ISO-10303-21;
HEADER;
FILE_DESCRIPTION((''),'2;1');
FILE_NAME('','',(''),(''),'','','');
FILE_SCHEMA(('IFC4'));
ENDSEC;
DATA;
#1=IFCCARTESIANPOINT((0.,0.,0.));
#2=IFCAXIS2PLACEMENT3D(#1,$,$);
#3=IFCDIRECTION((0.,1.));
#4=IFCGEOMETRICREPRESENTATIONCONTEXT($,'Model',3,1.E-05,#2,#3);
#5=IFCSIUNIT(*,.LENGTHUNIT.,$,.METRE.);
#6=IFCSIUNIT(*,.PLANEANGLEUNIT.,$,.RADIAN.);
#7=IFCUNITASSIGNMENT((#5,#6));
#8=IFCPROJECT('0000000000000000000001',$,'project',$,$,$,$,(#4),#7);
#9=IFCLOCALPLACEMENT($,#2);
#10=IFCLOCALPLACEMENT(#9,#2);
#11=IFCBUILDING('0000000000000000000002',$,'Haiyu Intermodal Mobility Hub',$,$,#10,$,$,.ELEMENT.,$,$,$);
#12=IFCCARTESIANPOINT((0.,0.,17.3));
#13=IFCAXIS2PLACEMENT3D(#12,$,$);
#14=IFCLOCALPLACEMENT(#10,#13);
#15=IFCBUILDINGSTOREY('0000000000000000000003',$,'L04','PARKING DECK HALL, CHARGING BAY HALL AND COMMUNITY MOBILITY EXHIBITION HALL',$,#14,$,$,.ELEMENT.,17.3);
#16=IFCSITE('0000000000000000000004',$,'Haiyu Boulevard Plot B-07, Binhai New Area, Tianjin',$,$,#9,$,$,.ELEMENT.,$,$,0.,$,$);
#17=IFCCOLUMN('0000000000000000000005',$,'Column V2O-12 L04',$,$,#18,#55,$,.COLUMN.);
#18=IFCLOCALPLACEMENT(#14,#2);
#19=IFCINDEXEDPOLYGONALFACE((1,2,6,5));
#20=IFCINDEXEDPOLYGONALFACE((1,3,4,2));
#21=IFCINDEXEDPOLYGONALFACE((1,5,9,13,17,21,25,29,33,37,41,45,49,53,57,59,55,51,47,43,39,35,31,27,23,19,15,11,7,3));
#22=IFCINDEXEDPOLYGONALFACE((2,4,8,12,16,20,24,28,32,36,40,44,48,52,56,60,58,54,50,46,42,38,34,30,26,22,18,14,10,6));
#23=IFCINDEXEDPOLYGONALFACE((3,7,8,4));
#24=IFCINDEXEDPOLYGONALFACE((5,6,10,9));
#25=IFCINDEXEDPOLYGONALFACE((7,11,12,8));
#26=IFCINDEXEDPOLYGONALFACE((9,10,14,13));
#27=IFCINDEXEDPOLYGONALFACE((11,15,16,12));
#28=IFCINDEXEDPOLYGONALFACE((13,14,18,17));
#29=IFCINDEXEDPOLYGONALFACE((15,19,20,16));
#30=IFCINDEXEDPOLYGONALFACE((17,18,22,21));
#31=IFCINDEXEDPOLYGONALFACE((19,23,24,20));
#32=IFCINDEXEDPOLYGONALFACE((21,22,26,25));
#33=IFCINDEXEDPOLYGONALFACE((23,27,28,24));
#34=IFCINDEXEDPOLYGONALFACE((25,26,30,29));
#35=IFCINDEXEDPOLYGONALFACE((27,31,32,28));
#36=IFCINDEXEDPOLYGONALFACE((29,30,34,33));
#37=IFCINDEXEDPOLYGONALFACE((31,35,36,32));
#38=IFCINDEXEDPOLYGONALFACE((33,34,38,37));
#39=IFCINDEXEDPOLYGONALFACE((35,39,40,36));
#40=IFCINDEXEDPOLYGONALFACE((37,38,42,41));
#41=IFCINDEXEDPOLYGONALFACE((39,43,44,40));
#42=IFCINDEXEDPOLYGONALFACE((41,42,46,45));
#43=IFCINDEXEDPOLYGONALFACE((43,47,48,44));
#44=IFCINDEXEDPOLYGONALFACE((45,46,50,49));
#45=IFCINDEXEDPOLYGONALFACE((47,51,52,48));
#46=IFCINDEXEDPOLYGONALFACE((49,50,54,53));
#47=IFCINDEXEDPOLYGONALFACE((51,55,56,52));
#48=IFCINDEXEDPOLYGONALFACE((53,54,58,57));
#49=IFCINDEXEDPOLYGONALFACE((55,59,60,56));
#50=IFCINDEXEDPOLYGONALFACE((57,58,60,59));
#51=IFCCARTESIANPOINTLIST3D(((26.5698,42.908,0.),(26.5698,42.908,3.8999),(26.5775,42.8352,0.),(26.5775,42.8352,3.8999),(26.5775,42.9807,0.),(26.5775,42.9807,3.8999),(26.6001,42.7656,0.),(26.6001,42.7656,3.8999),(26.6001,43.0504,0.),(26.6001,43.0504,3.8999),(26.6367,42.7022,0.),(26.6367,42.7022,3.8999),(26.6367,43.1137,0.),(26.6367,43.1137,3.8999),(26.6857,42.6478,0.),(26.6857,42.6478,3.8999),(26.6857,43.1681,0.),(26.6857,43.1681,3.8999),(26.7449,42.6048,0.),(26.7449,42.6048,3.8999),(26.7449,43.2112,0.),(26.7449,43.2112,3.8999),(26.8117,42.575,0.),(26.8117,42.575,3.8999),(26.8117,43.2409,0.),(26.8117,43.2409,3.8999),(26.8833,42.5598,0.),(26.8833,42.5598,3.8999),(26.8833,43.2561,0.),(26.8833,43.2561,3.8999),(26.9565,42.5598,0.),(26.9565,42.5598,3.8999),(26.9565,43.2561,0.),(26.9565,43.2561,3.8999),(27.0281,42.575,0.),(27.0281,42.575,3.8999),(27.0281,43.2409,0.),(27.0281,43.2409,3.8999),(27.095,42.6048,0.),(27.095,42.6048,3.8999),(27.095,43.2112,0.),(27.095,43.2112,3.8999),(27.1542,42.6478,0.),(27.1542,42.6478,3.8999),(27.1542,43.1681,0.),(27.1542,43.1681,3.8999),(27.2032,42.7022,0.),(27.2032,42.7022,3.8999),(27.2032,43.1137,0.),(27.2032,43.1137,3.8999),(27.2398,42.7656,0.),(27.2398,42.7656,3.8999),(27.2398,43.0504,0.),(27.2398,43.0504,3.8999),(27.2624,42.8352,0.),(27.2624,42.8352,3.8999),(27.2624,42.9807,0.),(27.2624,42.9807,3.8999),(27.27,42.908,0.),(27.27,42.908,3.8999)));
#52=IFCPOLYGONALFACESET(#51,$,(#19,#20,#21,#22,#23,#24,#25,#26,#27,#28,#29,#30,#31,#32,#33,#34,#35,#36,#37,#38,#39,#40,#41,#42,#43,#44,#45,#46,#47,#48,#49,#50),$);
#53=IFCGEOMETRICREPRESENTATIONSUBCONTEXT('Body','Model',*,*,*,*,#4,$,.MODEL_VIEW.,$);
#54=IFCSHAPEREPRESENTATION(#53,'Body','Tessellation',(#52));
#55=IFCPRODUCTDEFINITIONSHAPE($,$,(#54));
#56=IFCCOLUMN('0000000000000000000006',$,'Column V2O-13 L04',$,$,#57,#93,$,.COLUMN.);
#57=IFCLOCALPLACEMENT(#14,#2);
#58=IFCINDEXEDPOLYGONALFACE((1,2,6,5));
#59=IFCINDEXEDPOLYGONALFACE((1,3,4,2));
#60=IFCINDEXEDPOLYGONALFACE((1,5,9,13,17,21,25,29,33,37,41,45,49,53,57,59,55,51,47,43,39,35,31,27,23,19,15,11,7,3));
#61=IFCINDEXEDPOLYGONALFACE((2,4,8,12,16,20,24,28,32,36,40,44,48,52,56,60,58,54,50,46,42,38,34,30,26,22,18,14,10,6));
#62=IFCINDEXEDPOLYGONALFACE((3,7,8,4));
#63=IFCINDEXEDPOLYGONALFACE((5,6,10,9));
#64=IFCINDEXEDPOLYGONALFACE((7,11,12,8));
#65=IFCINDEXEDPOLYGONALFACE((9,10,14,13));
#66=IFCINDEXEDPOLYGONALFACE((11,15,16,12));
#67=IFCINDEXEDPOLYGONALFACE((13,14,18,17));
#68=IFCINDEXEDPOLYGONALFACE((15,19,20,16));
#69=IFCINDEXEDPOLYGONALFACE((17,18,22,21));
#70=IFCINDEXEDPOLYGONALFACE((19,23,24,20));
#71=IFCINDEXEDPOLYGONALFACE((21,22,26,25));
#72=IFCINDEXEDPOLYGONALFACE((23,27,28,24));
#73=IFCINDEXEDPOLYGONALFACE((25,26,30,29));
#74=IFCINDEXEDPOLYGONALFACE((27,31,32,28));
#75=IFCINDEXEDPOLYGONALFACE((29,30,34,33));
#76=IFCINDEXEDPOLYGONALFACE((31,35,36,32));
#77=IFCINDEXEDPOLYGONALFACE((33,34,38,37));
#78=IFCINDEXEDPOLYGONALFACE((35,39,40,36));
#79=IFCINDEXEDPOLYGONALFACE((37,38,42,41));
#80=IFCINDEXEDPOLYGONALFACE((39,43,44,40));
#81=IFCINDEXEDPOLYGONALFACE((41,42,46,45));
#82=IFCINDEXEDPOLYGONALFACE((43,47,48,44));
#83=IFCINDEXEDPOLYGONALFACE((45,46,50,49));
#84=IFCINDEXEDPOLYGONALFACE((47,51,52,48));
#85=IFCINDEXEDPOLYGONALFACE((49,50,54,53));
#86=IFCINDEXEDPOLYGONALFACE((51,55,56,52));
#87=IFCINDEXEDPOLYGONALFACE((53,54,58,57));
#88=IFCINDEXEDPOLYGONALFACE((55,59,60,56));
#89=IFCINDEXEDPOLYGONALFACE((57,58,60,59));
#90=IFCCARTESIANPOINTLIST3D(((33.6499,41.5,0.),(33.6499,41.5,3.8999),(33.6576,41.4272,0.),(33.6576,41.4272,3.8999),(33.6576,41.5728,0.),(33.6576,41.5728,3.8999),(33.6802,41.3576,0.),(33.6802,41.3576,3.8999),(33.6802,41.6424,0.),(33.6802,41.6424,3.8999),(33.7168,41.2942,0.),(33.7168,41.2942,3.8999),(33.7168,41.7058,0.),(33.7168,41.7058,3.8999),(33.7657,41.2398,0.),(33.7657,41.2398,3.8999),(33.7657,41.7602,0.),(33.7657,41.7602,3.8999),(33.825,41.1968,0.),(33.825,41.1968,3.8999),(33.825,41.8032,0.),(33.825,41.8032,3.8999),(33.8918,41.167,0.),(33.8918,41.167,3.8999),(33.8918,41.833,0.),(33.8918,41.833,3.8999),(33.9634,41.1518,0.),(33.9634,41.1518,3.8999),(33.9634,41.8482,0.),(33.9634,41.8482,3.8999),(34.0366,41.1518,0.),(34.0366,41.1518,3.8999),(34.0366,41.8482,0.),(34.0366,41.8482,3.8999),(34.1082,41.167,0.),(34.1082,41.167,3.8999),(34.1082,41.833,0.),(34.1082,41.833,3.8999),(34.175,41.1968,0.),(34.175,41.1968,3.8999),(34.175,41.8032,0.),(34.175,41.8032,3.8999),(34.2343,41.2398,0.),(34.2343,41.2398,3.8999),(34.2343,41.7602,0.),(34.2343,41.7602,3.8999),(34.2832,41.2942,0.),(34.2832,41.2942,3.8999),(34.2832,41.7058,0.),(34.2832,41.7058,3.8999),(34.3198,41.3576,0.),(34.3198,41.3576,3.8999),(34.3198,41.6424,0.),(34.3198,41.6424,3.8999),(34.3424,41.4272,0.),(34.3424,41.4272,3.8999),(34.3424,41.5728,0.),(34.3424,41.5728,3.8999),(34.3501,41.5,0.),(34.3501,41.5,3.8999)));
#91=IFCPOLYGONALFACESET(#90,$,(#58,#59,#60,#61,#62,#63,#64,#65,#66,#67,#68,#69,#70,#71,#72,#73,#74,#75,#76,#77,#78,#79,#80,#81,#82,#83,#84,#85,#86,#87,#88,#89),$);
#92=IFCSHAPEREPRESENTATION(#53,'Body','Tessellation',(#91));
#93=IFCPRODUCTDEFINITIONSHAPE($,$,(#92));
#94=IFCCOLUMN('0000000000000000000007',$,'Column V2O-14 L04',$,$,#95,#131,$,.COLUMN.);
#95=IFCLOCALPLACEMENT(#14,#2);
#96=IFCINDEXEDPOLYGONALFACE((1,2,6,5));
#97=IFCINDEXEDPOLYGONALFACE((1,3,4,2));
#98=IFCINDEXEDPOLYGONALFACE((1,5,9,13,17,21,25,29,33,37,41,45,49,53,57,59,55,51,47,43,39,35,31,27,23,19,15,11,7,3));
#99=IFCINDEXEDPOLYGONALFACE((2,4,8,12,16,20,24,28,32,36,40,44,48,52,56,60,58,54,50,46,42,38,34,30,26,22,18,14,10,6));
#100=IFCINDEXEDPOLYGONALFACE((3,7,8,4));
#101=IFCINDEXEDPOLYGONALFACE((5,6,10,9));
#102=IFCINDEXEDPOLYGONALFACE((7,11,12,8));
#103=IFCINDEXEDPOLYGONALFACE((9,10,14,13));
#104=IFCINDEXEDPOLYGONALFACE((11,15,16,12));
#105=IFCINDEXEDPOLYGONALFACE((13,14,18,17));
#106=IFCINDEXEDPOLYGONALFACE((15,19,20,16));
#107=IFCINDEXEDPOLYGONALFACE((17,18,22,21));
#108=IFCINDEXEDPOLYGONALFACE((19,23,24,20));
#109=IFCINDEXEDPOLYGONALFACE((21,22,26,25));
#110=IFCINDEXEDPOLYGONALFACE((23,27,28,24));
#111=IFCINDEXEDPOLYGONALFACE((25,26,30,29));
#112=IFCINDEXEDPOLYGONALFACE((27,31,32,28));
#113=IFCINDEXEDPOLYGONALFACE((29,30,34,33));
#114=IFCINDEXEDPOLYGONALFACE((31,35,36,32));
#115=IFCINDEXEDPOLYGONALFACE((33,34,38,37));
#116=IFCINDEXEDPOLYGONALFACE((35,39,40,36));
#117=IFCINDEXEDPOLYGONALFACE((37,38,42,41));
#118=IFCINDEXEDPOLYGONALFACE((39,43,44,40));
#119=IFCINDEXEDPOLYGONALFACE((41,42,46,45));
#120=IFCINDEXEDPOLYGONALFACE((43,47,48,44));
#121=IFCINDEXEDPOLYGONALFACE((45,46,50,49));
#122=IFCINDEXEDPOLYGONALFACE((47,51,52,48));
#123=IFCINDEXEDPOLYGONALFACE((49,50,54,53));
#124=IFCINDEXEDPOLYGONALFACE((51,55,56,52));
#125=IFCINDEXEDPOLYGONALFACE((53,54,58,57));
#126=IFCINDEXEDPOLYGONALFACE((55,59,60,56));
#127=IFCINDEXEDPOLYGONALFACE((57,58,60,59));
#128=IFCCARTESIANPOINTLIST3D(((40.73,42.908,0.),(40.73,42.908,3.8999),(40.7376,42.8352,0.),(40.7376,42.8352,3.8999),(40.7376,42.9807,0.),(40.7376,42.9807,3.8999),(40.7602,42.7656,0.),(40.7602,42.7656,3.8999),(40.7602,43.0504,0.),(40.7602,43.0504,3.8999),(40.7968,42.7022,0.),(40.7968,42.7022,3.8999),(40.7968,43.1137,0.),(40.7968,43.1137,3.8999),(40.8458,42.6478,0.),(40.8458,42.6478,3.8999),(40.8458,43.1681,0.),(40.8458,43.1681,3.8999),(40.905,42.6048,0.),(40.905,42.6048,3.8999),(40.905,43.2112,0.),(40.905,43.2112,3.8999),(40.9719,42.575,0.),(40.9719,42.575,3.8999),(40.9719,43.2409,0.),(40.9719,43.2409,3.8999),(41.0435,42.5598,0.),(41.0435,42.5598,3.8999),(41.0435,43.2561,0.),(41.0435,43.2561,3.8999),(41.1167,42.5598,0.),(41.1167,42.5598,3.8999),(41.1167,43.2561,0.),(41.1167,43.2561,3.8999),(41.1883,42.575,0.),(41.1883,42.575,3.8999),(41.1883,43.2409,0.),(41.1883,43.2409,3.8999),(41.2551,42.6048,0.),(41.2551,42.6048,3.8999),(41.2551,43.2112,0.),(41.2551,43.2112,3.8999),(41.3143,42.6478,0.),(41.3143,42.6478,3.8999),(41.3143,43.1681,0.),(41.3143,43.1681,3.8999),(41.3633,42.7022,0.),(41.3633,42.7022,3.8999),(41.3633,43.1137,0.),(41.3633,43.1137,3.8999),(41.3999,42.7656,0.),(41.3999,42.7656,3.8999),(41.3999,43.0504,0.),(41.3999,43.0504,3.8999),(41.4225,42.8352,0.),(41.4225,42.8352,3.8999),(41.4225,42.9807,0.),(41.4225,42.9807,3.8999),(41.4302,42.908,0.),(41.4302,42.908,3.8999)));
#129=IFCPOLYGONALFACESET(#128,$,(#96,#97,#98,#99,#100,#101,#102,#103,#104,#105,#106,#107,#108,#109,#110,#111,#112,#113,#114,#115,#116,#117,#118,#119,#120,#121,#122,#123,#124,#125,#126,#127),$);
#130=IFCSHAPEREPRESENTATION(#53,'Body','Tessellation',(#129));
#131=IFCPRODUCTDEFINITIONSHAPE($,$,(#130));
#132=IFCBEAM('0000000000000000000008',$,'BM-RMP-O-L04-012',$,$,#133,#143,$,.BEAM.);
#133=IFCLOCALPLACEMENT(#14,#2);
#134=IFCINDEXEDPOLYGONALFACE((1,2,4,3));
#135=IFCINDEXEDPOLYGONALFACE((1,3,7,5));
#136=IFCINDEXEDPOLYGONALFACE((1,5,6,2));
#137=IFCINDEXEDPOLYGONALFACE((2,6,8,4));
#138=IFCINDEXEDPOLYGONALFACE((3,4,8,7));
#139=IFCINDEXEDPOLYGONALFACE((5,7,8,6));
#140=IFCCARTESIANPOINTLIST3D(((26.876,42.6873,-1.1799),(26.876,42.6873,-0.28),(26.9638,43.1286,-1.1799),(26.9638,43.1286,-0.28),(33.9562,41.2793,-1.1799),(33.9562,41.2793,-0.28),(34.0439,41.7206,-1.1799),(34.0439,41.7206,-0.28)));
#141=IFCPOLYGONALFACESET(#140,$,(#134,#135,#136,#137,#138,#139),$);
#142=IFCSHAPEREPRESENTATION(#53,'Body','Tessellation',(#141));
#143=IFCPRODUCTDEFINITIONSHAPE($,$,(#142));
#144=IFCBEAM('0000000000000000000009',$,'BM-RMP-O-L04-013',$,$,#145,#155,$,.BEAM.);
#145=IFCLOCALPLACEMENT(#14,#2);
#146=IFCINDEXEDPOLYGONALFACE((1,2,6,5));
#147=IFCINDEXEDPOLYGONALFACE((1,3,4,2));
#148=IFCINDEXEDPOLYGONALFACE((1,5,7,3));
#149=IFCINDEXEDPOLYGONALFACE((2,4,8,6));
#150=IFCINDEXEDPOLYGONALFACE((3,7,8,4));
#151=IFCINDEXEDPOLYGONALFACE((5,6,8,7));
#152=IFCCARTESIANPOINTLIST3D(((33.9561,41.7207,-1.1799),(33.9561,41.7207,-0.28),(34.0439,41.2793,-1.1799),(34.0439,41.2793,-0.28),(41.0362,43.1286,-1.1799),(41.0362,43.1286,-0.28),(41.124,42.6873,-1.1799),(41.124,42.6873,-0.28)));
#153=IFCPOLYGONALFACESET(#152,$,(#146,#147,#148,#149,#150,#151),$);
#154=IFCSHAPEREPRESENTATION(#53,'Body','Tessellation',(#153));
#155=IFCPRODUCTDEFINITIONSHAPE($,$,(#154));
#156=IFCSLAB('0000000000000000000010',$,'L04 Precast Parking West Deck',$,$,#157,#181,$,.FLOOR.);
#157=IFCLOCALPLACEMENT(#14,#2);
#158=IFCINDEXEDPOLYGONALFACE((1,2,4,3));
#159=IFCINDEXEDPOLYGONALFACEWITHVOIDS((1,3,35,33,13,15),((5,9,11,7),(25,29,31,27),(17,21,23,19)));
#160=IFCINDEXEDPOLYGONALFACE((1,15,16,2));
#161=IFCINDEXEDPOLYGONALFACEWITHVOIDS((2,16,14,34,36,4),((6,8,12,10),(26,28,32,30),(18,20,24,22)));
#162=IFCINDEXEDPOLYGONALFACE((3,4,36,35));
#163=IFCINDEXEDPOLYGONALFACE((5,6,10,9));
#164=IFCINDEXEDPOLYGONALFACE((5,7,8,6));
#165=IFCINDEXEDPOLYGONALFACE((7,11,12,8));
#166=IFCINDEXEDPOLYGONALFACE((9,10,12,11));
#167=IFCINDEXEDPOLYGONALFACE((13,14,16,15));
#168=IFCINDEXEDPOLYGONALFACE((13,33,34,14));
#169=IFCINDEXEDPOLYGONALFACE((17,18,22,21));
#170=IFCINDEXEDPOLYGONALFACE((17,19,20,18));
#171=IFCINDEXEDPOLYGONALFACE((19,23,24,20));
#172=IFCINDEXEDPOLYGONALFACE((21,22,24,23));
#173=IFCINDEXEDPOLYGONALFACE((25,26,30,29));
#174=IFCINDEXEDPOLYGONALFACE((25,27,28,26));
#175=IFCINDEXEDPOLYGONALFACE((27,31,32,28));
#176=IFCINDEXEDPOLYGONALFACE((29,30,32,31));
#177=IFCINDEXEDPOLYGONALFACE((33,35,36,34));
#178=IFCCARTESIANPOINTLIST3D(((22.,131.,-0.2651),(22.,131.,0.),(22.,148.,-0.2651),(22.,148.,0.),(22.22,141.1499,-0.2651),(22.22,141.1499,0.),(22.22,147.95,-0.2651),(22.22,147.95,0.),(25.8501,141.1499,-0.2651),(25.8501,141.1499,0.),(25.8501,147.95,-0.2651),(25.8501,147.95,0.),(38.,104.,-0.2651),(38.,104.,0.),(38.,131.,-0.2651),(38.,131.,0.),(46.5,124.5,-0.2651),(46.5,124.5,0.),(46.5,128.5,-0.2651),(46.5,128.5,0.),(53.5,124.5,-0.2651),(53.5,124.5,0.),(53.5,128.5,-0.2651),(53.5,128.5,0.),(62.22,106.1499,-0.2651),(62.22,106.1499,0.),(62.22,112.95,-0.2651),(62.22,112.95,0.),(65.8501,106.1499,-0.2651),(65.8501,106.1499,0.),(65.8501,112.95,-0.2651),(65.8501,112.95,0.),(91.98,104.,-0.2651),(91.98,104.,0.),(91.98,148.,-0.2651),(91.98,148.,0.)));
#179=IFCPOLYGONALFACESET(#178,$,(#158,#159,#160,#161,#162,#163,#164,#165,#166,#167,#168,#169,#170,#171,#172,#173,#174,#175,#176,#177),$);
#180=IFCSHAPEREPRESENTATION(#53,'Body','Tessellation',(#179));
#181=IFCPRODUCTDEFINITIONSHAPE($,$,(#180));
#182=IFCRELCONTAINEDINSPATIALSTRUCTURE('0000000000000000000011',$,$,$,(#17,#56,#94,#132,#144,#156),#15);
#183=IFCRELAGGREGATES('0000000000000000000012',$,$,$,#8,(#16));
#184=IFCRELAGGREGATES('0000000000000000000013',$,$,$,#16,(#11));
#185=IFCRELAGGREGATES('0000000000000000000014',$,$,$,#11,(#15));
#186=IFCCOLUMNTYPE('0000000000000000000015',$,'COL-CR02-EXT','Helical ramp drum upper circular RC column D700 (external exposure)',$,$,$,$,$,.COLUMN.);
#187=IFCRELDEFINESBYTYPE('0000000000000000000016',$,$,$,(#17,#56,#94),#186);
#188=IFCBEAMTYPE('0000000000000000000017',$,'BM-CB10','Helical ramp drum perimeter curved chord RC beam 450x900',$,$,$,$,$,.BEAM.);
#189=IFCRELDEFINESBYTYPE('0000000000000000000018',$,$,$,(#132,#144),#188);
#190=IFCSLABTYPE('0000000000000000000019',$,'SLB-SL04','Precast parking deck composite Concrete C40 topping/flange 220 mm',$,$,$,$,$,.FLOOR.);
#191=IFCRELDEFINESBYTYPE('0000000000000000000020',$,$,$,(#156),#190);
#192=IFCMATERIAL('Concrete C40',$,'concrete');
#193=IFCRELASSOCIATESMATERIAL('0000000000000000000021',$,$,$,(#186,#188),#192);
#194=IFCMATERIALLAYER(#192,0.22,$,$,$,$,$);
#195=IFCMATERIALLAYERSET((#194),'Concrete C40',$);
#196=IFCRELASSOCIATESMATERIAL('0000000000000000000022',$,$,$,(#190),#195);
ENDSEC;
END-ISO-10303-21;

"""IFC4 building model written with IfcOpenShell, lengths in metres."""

from ifc_helpers import new_model, si_unit, direction, frame, origin, origin_2d, place, context, subcontext, project, spatial, polyline, rectangle, circle, outline, extrude, material, layer, layer_set, material_profile, profile_set, type_object, element, save


model = new_model("IFC4")

# Units and contexts
model_context = context("Model", 3, precision=1e-05, world=origin(), true_north=direction((0.0, 1.0)))
body_context = subcontext(model_context, "Body", "Model", "MODEL_VIEW")
ifc_project = project(units=[si_unit("LENGTHUNIT", "METRE"), si_unit("PLANEANGLEUNIT", "RADIAN")], contexts=[model_context])

# Site, building, storey
site_placement = place(None, origin())
site = spatial("IfcSite", under=ifc_project, at=site_placement, Name="Haiyu Boulevard Plot B-07, Binhai New Area, Tianjin", CompositionType="ELEMENT", RefElevation=0.0)
building_placement = place(site_placement, origin())
building = spatial("IfcBuilding", under=site, at=building_placement, Name="Haiyu Intermodal Mobility Hub", CompositionType="ELEMENT")
storey_placement = place(building_placement, frame((0.0, 0.0, 17.3)))
storey = spatial("IfcBuildingStorey", under=building, at=storey_placement, Name="L04", Description="PARKING DECK HALL, CHARGING BAY HALL AND COMMUNITY MOBILITY EXHIBITION HALL", CompositionType="ELEMENT", Elevation=17.3)

# Columns
ifc_material_1 = material(Name="Concrete C40", Category="concrete")
ifc_material_profile_1 = material_profile(ifc_material_1, circle(Radius=0.3501, at=origin_2d()), Name="RCCOL-D700")
ifc_profile_set_1 = profile_set([ifc_material_profile_1], Name="Concrete C40")
column_type = type_object("IfcColumnType", Name="COL-CR02-EXT", Description="Helical ramp drum upper circular RC column D700 (external exposure)", PredefinedType="COLUMN", material=ifc_profile_set_1)
for number, where, z_axis, x_axis, name in (
    (1, (26.9199, 42.908, 0.0), (0.0, 0.0, 1.0), (1.0, 0.0, 0.0), "Column V2O-12 L04"),
    (2, (34.0, 41.5, 0.0), (0.0, 0.0, 1.0), (1.0, 0.0, 0.0), "Column V2O-13 L04"),
    (3, (41.0801, 42.908, 0.0), (0.0, 0.0, 1.0), (1.0, 0.0, 0.0), "Column V2O-14 L04"),
):
    element("IfcColumn", number, at=place(storey_placement, frame(where, z_axis=z_axis, x_axis=x_axis)), inside=storey, type_object=column_type, Name=name, PredefinedType="COLUMN", context=body_context, shape_type="SweptSolid", body=[
        extrude(circle(Radius=0.3501, at=origin_2d()), origin(), (0.0, 0.0, 1.0), 3.8999),
    ])

# Beams
ifc_material_profile_2 = material_profile(ifc_material_1, rectangle(XDim=0.45, YDim=0.8999, at=origin_2d()), Name="RCB450x900")
ifc_profile_set_2 = profile_set([ifc_material_profile_2], Name="Concrete C40")
beam_type = type_object("IfcBeamType", Name="BM-CB10", Description="Helical ramp drum perimeter curved chord RC beam 450x900", PredefinedType="BEAM", material=ifc_profile_set_2)
for number, where, z_axis, x_axis, name in (
    (4, (26.9199, 42.908, -0.73), (0.980795, -0.195043, 0.0), (0.195043, 0.980795, 0.0), "BM-RMP-O-L04-012"),
    (5, (34.0, 41.5, -0.73), (0.980795, 0.195043, 0.0), (-0.195043, 0.980795, 0.0), "BM-RMP-O-L04-013"),
):
    element("IfcBeam", number, at=place(storey_placement, frame(where, z_axis=z_axis, x_axis=x_axis)), inside=storey, type_object=beam_type, Name=name, PredefinedType="BEAM", context=body_context, shape_type="SweptSolid", body=[
        extrude(rectangle(XDim=0.45, YDim=0.8999, at=origin_2d()), origin(), (0.0, 0.0, 1.0), 7.2188),
    ])

# Slab
ifc_layer_1 = layer(ifc_material_1, 0.22)
ifc_layer_set_1 = layer_set([ifc_layer_1], Name="Concrete C40")
slab_type_1 = type_object("IfcSlabType", Name="SLB-SL04", Description="Precast parking deck composite Concrete C40 topping/flange 220 mm", PredefinedType="FLOOR", material=ifc_layer_set_1)
slab_1_placement = place(storey_placement, frame((0.0, 0.0, -0.2651)))
element("IfcSlab", 6, at=slab_1_placement, inside=storey, type_object=slab_type_1, Name="L04 Precast Parking West Deck", PredefinedType="FLOOR", context=body_context, shape_type="SweptSolid", body=[
    extrude(outline(polyline([(38.0, 104.0), (91.98, 104.0), (91.98, 148.0), (22.0, 148.0), (22.0, 131.0), (38.0, 131.0), (38.0, 104.0)]), holes=[polyline([(22.22, 141.1499), (25.8501, 141.1499), (25.8501, 147.95), (22.22, 147.95), (22.22, 141.1499)]), polyline([(62.22, 106.1499), (65.8501, 106.1499), (65.8501, 112.95), (62.22, 112.95), (62.22, 106.1499)]), polyline([(46.5, 124.5), (53.5, 124.5), (53.5, 128.5), (46.5, 128.5), (46.5, 124.5)])]), origin(), (0.0, 0.0, 1.0), 0.2651),
])

save(model, "model.ifc")
